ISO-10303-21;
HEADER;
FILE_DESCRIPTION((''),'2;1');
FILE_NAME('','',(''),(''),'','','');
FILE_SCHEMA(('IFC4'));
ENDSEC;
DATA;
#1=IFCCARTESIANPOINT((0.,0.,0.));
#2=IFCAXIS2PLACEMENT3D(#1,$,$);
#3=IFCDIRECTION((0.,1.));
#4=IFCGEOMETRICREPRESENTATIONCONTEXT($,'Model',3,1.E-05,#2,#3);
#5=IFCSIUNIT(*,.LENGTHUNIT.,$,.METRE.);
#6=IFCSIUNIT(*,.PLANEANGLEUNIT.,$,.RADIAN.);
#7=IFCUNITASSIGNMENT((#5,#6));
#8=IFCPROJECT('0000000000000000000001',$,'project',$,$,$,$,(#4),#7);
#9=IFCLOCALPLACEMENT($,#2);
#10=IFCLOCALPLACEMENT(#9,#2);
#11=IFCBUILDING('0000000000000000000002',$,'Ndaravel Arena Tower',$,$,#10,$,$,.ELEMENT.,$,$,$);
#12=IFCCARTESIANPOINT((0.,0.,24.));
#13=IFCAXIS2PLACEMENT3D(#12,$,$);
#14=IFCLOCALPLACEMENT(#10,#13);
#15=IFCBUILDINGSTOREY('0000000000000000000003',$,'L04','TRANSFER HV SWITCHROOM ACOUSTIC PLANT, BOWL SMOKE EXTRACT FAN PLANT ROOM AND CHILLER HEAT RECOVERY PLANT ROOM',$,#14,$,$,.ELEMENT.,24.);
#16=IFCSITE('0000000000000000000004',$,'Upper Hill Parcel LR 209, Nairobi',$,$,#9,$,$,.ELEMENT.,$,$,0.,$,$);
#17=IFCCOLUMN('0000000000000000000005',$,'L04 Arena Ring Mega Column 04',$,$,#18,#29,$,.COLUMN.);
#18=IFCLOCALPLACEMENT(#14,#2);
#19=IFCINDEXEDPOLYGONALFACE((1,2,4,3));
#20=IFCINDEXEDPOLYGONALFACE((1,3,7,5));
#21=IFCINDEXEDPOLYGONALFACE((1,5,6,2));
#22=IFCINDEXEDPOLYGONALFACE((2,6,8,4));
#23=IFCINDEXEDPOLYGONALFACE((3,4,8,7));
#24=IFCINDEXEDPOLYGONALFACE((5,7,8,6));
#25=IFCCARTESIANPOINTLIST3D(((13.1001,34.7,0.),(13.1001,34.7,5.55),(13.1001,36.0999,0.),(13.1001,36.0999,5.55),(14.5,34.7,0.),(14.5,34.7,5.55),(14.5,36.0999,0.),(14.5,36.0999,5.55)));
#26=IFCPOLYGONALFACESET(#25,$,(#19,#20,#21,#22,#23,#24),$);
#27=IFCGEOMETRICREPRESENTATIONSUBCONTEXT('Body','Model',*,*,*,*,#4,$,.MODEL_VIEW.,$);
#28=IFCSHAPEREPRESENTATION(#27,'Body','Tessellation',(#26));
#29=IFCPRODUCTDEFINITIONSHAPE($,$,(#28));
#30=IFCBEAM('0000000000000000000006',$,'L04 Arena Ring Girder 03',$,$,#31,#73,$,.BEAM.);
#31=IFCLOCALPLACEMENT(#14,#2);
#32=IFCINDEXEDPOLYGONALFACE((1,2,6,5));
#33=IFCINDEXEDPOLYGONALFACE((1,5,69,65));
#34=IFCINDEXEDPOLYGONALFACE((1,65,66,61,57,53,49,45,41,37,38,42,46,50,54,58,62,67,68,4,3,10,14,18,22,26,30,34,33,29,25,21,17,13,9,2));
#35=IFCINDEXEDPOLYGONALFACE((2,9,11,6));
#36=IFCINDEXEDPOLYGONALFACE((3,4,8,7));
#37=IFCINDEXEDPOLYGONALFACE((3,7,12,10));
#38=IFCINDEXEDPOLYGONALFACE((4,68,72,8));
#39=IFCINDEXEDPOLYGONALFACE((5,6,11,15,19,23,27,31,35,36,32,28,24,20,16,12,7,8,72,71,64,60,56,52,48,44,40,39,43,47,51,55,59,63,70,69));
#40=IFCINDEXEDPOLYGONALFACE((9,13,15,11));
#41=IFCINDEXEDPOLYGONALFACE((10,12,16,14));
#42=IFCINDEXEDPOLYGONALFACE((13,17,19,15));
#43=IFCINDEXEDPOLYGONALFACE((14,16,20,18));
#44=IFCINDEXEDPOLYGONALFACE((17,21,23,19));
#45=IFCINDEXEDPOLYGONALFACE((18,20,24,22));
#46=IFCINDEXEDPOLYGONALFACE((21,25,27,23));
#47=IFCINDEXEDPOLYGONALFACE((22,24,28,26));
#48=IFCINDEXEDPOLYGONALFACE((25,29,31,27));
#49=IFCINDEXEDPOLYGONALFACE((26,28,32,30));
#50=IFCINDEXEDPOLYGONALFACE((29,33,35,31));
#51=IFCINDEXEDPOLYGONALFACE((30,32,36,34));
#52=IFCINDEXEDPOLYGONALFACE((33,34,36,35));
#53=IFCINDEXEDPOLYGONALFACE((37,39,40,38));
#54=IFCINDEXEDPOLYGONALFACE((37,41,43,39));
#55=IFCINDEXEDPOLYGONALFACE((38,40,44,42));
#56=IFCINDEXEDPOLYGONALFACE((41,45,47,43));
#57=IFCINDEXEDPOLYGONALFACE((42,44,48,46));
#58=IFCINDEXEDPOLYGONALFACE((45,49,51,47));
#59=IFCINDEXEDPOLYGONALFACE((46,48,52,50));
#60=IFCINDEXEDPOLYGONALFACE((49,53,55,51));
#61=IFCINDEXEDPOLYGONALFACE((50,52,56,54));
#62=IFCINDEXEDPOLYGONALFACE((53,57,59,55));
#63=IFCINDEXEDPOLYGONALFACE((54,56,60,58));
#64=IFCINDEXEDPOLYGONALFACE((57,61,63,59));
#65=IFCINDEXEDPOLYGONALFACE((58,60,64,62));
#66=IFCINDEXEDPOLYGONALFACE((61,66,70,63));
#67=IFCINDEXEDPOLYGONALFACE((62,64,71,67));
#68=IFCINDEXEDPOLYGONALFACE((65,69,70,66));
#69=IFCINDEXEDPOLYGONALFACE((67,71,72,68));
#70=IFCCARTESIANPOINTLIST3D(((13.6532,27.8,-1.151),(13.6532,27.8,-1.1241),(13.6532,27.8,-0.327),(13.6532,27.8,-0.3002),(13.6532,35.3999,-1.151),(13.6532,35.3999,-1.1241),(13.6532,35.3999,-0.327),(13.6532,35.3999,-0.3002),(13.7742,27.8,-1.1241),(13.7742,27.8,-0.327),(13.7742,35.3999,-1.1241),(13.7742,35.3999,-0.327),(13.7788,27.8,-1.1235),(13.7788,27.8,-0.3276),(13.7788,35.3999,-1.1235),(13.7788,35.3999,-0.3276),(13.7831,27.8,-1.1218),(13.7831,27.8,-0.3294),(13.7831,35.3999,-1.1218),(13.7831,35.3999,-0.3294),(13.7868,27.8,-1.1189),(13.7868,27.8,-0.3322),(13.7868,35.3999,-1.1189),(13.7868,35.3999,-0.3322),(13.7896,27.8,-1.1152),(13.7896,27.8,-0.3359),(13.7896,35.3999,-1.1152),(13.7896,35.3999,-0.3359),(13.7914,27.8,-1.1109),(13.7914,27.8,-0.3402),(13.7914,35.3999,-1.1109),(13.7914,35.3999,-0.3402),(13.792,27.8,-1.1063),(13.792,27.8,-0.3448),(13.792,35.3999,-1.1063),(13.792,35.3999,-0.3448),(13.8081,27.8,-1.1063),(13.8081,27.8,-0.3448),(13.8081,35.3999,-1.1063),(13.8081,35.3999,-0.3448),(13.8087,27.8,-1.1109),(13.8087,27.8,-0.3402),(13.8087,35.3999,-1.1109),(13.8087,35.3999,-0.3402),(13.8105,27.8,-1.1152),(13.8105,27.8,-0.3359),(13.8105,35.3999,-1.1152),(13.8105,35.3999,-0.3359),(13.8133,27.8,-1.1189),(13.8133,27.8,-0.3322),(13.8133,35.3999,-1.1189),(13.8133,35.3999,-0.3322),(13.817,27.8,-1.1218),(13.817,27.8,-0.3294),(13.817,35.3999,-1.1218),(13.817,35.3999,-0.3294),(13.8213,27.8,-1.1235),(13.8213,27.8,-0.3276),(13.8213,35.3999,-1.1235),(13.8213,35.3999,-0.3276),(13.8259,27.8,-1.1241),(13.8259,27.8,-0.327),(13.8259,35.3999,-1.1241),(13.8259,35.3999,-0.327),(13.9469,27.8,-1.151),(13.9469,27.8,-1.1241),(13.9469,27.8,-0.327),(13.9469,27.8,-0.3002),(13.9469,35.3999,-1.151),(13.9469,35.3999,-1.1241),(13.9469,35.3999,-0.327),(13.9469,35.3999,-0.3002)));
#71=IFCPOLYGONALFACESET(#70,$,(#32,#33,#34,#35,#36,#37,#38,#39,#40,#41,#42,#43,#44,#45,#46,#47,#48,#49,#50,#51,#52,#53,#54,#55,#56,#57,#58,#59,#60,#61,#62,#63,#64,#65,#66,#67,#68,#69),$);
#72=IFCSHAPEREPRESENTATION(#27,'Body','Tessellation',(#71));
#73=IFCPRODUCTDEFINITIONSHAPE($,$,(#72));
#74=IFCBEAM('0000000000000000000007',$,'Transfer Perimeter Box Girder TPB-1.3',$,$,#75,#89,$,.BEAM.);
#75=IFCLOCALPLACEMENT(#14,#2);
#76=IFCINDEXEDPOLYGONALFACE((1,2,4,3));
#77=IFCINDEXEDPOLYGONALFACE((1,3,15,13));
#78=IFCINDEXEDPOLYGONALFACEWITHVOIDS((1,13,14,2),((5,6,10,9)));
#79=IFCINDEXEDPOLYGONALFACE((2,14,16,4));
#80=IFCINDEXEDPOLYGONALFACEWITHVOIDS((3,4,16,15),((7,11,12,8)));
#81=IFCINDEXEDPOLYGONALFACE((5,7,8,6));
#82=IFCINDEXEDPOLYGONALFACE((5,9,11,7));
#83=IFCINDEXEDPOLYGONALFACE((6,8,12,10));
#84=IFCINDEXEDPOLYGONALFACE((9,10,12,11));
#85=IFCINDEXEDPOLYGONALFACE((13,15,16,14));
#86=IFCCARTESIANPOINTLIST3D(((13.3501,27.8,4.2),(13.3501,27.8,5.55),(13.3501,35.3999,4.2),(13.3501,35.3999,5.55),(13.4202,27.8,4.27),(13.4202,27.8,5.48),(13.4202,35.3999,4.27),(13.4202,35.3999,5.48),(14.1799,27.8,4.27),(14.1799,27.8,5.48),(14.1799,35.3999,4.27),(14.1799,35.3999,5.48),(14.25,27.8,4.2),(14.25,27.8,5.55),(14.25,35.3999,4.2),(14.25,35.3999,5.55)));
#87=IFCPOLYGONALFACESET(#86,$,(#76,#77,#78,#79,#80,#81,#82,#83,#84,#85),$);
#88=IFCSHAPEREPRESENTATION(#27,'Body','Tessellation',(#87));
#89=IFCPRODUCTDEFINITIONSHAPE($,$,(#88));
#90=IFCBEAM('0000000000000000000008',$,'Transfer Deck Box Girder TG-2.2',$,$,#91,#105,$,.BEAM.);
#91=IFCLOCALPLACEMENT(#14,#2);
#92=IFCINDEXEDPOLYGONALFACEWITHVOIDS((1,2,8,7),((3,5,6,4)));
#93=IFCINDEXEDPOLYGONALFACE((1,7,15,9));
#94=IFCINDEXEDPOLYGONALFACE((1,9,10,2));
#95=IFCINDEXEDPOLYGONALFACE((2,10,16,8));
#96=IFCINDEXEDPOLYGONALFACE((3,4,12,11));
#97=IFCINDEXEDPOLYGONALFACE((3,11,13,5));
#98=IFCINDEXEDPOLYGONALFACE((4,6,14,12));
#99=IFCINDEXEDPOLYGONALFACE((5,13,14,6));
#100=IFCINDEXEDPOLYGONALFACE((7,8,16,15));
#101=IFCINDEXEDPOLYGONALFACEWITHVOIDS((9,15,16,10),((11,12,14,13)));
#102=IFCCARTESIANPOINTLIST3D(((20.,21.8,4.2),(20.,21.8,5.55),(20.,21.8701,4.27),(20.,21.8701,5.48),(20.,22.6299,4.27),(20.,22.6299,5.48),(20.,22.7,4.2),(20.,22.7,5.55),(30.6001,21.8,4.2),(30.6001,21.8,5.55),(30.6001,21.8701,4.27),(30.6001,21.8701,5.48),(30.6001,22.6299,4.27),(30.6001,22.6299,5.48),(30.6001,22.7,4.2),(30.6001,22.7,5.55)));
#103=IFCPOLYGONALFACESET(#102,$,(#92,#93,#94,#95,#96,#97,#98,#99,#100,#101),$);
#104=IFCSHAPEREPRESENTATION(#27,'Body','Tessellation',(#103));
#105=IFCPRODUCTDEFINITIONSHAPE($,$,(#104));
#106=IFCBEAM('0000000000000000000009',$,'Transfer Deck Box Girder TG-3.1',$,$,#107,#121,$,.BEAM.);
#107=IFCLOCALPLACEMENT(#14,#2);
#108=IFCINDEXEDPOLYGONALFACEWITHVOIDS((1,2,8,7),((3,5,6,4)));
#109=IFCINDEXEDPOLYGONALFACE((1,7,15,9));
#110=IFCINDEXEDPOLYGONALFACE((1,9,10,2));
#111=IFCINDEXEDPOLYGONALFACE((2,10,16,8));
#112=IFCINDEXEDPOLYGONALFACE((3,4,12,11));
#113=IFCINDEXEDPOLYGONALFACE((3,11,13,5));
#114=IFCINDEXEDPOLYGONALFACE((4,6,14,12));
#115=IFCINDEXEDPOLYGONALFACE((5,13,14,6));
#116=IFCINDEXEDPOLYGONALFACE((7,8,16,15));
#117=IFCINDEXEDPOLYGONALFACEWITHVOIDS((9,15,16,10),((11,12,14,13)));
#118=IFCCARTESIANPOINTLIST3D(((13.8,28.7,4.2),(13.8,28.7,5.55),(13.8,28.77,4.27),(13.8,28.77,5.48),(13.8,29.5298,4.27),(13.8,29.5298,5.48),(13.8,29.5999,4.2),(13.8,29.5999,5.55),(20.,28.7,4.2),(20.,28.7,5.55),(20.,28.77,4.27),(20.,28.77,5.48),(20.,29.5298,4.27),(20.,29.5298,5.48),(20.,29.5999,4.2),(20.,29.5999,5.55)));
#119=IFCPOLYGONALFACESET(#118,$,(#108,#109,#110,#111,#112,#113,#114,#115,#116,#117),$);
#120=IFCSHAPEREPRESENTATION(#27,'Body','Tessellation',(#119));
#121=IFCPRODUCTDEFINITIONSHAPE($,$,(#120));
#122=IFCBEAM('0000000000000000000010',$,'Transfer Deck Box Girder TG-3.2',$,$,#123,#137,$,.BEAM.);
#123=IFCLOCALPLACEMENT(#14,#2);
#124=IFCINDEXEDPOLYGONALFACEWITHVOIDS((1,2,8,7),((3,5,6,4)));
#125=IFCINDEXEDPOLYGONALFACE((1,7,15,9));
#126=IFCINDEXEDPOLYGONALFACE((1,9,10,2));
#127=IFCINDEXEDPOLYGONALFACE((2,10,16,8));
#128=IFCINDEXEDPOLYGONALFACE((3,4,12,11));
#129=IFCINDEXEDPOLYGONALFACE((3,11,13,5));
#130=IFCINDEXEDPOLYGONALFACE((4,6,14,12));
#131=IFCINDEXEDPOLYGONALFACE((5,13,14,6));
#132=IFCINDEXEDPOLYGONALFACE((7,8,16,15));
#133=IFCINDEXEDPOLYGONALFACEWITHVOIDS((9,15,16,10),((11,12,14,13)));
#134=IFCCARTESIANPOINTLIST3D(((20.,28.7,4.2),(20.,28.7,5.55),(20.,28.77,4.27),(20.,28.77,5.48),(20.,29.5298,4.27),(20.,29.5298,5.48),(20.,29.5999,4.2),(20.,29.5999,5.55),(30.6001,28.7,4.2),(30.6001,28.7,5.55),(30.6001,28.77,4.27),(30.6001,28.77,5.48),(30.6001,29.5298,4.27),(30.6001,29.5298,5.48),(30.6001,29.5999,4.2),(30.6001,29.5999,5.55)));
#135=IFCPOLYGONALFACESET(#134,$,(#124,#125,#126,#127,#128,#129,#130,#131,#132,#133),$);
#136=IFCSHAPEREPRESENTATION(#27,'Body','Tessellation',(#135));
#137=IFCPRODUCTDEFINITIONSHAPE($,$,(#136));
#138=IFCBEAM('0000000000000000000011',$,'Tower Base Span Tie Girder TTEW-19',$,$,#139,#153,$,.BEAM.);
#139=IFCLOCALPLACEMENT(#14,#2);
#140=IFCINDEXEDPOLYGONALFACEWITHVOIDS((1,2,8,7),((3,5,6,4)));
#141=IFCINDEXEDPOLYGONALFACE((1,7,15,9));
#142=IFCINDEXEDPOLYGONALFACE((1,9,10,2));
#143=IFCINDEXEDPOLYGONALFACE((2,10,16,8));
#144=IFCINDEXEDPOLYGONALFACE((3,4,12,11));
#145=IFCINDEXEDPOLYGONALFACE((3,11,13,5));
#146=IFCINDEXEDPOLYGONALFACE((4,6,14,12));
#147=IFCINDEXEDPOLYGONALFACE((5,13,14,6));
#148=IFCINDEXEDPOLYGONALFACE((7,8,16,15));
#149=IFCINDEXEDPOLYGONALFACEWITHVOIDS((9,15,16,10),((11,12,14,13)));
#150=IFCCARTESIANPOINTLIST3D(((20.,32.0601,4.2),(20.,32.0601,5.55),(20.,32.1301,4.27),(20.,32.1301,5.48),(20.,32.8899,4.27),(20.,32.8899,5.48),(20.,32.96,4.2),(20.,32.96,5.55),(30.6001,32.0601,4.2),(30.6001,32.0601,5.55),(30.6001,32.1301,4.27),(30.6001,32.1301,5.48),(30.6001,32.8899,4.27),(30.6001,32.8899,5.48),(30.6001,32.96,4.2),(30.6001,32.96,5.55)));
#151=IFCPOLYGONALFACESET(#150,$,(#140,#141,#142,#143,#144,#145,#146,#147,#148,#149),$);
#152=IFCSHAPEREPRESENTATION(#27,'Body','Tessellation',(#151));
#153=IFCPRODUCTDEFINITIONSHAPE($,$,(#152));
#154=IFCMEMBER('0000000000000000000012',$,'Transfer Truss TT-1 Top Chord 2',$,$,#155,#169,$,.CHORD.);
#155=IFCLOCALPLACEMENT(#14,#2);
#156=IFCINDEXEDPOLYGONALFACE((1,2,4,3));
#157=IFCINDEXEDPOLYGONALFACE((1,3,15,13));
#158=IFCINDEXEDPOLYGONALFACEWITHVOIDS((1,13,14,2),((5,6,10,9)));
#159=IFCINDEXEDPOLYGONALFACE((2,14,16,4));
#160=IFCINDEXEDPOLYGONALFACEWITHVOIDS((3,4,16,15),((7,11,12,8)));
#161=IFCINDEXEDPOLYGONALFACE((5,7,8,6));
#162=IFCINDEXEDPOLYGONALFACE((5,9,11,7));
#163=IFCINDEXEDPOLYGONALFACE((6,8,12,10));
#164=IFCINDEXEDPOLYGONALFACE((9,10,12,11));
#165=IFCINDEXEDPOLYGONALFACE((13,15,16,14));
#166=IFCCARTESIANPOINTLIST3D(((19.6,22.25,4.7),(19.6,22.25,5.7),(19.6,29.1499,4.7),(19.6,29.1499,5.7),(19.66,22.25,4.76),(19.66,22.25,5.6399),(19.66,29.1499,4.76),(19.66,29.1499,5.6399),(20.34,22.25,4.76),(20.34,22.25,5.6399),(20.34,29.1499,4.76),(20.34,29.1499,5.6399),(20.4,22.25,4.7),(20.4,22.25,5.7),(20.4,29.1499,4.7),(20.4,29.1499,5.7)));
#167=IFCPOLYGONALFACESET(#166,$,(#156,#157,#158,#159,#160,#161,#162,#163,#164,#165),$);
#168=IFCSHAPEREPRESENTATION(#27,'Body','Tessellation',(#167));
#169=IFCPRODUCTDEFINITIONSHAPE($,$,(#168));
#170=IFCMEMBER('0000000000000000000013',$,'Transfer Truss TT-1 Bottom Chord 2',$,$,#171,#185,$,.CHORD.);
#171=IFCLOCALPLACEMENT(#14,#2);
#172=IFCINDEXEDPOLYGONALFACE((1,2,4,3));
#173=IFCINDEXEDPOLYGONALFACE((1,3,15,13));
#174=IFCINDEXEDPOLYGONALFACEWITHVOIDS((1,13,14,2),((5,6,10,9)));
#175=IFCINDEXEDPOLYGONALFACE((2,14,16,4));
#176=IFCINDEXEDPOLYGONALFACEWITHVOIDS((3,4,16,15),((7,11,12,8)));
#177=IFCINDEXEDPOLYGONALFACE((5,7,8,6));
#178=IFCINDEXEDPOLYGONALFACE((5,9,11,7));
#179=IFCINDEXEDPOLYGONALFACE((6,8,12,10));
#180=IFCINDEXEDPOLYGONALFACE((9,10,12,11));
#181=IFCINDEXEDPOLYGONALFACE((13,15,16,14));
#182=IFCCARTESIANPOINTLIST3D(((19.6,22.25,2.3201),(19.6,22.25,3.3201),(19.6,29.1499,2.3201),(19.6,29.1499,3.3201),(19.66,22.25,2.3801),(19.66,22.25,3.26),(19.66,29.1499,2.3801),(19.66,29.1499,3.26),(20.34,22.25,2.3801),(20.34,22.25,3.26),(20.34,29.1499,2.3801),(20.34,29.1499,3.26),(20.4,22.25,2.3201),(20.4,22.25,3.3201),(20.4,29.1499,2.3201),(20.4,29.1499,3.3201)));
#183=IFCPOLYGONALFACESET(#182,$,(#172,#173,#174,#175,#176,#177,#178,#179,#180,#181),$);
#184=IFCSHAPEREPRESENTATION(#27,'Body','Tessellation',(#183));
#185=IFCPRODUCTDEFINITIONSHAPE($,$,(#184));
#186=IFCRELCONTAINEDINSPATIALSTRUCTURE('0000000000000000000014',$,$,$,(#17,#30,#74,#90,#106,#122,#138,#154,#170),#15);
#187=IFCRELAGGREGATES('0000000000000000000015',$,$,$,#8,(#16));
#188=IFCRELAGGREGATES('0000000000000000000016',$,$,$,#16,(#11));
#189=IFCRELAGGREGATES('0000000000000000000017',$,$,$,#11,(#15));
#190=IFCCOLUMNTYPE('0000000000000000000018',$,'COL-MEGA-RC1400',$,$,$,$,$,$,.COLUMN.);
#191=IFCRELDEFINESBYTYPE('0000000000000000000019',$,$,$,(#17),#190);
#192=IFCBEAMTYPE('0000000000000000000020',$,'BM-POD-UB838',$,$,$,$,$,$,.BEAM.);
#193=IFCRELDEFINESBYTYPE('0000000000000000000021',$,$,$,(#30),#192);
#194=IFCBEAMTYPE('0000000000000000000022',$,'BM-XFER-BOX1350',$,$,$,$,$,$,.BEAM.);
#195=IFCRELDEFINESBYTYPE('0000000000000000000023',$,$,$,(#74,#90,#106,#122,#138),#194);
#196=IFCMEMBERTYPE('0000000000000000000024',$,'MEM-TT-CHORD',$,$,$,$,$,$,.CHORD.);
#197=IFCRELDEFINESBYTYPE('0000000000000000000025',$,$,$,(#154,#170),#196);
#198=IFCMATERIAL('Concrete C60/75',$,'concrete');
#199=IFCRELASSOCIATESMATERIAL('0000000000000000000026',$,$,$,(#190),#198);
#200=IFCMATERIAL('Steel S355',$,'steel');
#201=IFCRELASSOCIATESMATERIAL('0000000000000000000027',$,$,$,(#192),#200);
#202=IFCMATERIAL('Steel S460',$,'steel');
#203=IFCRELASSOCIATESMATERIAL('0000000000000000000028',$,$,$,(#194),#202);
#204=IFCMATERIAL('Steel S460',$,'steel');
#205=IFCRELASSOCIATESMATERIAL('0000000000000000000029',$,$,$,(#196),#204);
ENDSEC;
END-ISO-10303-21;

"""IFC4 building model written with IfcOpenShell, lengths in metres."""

from ifc_helpers import new_model, si_unit, direction, frame, origin, origin_2d, place, context, subcontext, project, spatial, rectangle, hollow_rectangle, i_section, extrude, material, material_profile, profile_set, type_object, element, save


model = new_model("IFC4")

# Units and contexts
model_context = context("Model", 3, precision=1e-05, world=origin(), true_north=direction((0.0, 1.0)))
body_context = subcontext(model_context, "Body", "Model", "MODEL_VIEW")
ifc_project = project(units=[si_unit("LENGTHUNIT", "METRE"), si_unit("PLANEANGLEUNIT", "RADIAN")], contexts=[model_context])

# Site, building, storey
site_placement = place(None, origin())
site = spatial("IfcSite", under=ifc_project, at=site_placement, Name="Upper Hill Parcel LR 209, Nairobi", CompositionType="ELEMENT", RefElevation=0.0)
building_placement = place(site_placement, origin())
building = spatial("IfcBuilding", under=site, at=building_placement, Name="Ndaravel Arena Tower", CompositionType="ELEMENT")
storey_placement = place(building_placement, frame((0.0, 0.0, 24.0)))
storey = spatial("IfcBuildingStorey", under=building, at=storey_placement, Name="L04", Description="TRANSFER HV SWITCHROOM ACOUSTIC PLANT, BOWL SMOKE EXTRACT FAN PLANT ROOM AND CHILLER HEAT RECOVERY PLANT ROOM", CompositionType="ELEMENT", Elevation=24.0)

# Column
ifc_material_1 = material(Name="Concrete C60/75", Category="concrete")
ifc_material_profile_1 = material_profile(ifc_material_1, rectangle(XDim=1.3999, YDim=1.3999, at=origin_2d()), Name="RC 1400x1400")
ifc_profile_set_1 = profile_set([ifc_material_profile_1], Name="Concrete C60/75")
column_type = type_object("IfcColumnType", Name="COL-MEGA-RC1400", PredefinedType="COLUMN", material=ifc_profile_set_1)
column_placement = place(storey_placement, frame((13.8, 35.3999, 0.0), z_axis=(0.0, 0.0, 1.0), x_axis=(1.0, 0.0, 0.0)))
element("IfcColumn", 1, at=column_placement, inside=storey, type_object=column_type, Name="L04 Arena Ring Mega Column 04", PredefinedType="COLUMN", context=body_context, shape_type="SweptSolid", body=[
    extrude(rectangle(XDim=1.3999, YDim=1.3999, at=origin_2d()), origin(), (0.0, 0.0, 1.0), 5.55),
])

# Beams
ifc_material_2 = material(Name="Steel S355", Category="steel")
ifc_material_profile_2 = material_profile(ifc_material_2, i_section(OverallWidth=0.2937, OverallDepth=0.8508, WebThickness=0.0161, FlangeThickness=0.0269, FilletRadius=0.0178, at=origin_2d()), Name="UB 838x292x226")
ifc_profile_set_2 = profile_set([ifc_material_profile_2], Name="Steel S355")
beam_type_1 = type_object("IfcBeamType", Name="BM-POD-UB838", PredefinedType="BEAM", material=ifc_profile_set_2)
beam_1_placement = place(storey_placement, frame((13.8, 27.8, -0.7256), z_axis=(0.0, 1.0, 0.0), x_axis=(-1.0, 0.0, 0.0)))
element("IfcBeam", 2, at=beam_1_placement, inside=storey, type_object=beam_type_1, Name="L04 Arena Ring Girder 03", PredefinedType="BEAM", context=body_context, shape_type="SweptSolid", body=[
    extrude(i_section(OverallWidth=0.2937, OverallDepth=0.8508, WebThickness=0.0161, FlangeThickness=0.0269, FilletRadius=0.0178, at=origin_2d()), origin(), (0.0, 0.0, 1.0), 7.5999),
])
ifc_material_3 = material(Name="Steel S460", Category="steel")
ifc_material_profile_3 = material_profile(ifc_material_3, hollow_rectangle(XDim=0.8999, YDim=1.3501, WallThickness=0.0701, at=origin_2d()), Name="BOX 1350x900x70")
ifc_profile_set_3 = profile_set([ifc_material_profile_3], Name="Steel S460")
beam_type_2 = type_object("IfcBeamType", Name="BM-XFER-BOX1350", PredefinedType="BEAM", material=ifc_profile_set_3)
beam_2_placement = place(storey_placement, frame((13.8, 27.8, 4.875), z_axis=(0.0, 1.0, 0.0), x_axis=(-1.0, 0.0, 0.0)))
element("IfcBeam", 3, at=beam_2_placement, inside=storey, type_object=beam_type_2, Name="Transfer Perimeter Box Girder TPB-1.3", PredefinedType="BEAM", context=body_context, shape_type="SweptSolid", body=[
    extrude(hollow_rectangle(XDim=0.8999, YDim=1.3501, WallThickness=0.0701, at=origin_2d()), origin(), (0.0, 0.0, 1.0), 7.5999),
])
beam_3_placement = place(storey_placement, frame((20.0, 22.25, 4.875), z_axis=(1.0, 0.0, 0.0), x_axis=(0.0, 1.0, 0.0)))
element("IfcBeam", 4, at=beam_3_placement, inside=storey, type_object=beam_type_2, Name="Transfer Deck Box Girder TG-2.2", PredefinedType="BEAM", context=body_context, shape_type="SweptSolid", body=[
    extrude(hollow_rectangle(XDim=0.8999, YDim=1.3501, WallThickness=0.0701, at=origin_2d()), origin(), (0.0, 0.0, 1.0), 10.6001),
])
beam_4_placement = place(storey_placement, frame((13.8, 29.1499, 4.875), z_axis=(1.0, 0.0, 0.0), x_axis=(0.0, 1.0, 0.0)))
element("IfcBeam", 5, at=beam_4_placement, inside=storey, type_object=beam_type_2, Name="Transfer Deck Box Girder TG-3.1", PredefinedType="BEAM", context=body_context, shape_type="SweptSolid", body=[
    extrude(hollow_rectangle(XDim=0.8999, YDim=1.3501, WallThickness=0.0701, at=origin_2d()), origin(), (0.0, 0.0, 1.0), 6.2),
])
for number, where, z_axis, x_axis, name in (
    (6, (20.0, 29.1499, 4.875), (1.0, 0.0, 0.0), (0.0, 1.0, 0.0), "Transfer Deck Box Girder TG-3.2"),
    (7, (20.0, 32.51, 4.875), (1.0, 0.0, 0.0), (0.0, 1.0, 0.0), "Tower Base Span Tie Girder TTEW-19"),
):
    element("IfcBeam", number, at=place(storey_placement, frame(where, z_axis=z_axis, x_axis=x_axis)), inside=storey, type_object=beam_type_2, Name=name, PredefinedType="BEAM", context=body_context, shape_type="SweptSolid", body=[
        extrude(hollow_rectangle(XDim=0.8999, YDim=1.3501, WallThickness=0.0701, at=origin_2d()), origin(), (0.0, 0.0, 1.0), 10.6001),
    ])

# Members
ifc_material_4 = material(Name="Steel S460", Category="steel")
ifc_material_profile_4 = material_profile(ifc_material_4, hollow_rectangle(XDim=0.8, YDim=1.0, WallThickness=0.0601, at=origin_2d()), Name="BOX 1000x800x60")
ifc_profile_set_4 = profile_set([ifc_material_profile_4], Name="Steel S460")
member_type_1 = type_object("IfcMemberType", Name="MEM-TT-CHORD", PredefinedType="CHORD", material=ifc_profile_set_4)
for number, where, z_axis, x_axis, name in (
    (8, (20.0, 22.25, 5.2), (0.0, 1.0, 0.0), (-1.0, 0.0, 0.0), "Transfer Truss TT-1 Top Chord 2"),
    (9, (20.0, 22.25, 2.8201), (0.0, 1.0, 0.0), (-1.0, 0.0, 0.0), "Transfer Truss TT-1 Bottom Chord 2"),
):
    element("IfcMember", number, at=place(storey_placement, frame(where, z_axis=z_axis, x_axis=x_axis)), inside=storey, type_object=member_type_1, Name=name, PredefinedType="CHORD", context=body_context, shape_type="SweptSolid", body=[
        extrude(hollow_rectangle(XDim=0.8, YDim=1.0, WallThickness=0.0601, at=origin_2d()), origin(), (0.0, 0.0, 1.0), 6.8999),
    ])

save(model, "model.ifc")
